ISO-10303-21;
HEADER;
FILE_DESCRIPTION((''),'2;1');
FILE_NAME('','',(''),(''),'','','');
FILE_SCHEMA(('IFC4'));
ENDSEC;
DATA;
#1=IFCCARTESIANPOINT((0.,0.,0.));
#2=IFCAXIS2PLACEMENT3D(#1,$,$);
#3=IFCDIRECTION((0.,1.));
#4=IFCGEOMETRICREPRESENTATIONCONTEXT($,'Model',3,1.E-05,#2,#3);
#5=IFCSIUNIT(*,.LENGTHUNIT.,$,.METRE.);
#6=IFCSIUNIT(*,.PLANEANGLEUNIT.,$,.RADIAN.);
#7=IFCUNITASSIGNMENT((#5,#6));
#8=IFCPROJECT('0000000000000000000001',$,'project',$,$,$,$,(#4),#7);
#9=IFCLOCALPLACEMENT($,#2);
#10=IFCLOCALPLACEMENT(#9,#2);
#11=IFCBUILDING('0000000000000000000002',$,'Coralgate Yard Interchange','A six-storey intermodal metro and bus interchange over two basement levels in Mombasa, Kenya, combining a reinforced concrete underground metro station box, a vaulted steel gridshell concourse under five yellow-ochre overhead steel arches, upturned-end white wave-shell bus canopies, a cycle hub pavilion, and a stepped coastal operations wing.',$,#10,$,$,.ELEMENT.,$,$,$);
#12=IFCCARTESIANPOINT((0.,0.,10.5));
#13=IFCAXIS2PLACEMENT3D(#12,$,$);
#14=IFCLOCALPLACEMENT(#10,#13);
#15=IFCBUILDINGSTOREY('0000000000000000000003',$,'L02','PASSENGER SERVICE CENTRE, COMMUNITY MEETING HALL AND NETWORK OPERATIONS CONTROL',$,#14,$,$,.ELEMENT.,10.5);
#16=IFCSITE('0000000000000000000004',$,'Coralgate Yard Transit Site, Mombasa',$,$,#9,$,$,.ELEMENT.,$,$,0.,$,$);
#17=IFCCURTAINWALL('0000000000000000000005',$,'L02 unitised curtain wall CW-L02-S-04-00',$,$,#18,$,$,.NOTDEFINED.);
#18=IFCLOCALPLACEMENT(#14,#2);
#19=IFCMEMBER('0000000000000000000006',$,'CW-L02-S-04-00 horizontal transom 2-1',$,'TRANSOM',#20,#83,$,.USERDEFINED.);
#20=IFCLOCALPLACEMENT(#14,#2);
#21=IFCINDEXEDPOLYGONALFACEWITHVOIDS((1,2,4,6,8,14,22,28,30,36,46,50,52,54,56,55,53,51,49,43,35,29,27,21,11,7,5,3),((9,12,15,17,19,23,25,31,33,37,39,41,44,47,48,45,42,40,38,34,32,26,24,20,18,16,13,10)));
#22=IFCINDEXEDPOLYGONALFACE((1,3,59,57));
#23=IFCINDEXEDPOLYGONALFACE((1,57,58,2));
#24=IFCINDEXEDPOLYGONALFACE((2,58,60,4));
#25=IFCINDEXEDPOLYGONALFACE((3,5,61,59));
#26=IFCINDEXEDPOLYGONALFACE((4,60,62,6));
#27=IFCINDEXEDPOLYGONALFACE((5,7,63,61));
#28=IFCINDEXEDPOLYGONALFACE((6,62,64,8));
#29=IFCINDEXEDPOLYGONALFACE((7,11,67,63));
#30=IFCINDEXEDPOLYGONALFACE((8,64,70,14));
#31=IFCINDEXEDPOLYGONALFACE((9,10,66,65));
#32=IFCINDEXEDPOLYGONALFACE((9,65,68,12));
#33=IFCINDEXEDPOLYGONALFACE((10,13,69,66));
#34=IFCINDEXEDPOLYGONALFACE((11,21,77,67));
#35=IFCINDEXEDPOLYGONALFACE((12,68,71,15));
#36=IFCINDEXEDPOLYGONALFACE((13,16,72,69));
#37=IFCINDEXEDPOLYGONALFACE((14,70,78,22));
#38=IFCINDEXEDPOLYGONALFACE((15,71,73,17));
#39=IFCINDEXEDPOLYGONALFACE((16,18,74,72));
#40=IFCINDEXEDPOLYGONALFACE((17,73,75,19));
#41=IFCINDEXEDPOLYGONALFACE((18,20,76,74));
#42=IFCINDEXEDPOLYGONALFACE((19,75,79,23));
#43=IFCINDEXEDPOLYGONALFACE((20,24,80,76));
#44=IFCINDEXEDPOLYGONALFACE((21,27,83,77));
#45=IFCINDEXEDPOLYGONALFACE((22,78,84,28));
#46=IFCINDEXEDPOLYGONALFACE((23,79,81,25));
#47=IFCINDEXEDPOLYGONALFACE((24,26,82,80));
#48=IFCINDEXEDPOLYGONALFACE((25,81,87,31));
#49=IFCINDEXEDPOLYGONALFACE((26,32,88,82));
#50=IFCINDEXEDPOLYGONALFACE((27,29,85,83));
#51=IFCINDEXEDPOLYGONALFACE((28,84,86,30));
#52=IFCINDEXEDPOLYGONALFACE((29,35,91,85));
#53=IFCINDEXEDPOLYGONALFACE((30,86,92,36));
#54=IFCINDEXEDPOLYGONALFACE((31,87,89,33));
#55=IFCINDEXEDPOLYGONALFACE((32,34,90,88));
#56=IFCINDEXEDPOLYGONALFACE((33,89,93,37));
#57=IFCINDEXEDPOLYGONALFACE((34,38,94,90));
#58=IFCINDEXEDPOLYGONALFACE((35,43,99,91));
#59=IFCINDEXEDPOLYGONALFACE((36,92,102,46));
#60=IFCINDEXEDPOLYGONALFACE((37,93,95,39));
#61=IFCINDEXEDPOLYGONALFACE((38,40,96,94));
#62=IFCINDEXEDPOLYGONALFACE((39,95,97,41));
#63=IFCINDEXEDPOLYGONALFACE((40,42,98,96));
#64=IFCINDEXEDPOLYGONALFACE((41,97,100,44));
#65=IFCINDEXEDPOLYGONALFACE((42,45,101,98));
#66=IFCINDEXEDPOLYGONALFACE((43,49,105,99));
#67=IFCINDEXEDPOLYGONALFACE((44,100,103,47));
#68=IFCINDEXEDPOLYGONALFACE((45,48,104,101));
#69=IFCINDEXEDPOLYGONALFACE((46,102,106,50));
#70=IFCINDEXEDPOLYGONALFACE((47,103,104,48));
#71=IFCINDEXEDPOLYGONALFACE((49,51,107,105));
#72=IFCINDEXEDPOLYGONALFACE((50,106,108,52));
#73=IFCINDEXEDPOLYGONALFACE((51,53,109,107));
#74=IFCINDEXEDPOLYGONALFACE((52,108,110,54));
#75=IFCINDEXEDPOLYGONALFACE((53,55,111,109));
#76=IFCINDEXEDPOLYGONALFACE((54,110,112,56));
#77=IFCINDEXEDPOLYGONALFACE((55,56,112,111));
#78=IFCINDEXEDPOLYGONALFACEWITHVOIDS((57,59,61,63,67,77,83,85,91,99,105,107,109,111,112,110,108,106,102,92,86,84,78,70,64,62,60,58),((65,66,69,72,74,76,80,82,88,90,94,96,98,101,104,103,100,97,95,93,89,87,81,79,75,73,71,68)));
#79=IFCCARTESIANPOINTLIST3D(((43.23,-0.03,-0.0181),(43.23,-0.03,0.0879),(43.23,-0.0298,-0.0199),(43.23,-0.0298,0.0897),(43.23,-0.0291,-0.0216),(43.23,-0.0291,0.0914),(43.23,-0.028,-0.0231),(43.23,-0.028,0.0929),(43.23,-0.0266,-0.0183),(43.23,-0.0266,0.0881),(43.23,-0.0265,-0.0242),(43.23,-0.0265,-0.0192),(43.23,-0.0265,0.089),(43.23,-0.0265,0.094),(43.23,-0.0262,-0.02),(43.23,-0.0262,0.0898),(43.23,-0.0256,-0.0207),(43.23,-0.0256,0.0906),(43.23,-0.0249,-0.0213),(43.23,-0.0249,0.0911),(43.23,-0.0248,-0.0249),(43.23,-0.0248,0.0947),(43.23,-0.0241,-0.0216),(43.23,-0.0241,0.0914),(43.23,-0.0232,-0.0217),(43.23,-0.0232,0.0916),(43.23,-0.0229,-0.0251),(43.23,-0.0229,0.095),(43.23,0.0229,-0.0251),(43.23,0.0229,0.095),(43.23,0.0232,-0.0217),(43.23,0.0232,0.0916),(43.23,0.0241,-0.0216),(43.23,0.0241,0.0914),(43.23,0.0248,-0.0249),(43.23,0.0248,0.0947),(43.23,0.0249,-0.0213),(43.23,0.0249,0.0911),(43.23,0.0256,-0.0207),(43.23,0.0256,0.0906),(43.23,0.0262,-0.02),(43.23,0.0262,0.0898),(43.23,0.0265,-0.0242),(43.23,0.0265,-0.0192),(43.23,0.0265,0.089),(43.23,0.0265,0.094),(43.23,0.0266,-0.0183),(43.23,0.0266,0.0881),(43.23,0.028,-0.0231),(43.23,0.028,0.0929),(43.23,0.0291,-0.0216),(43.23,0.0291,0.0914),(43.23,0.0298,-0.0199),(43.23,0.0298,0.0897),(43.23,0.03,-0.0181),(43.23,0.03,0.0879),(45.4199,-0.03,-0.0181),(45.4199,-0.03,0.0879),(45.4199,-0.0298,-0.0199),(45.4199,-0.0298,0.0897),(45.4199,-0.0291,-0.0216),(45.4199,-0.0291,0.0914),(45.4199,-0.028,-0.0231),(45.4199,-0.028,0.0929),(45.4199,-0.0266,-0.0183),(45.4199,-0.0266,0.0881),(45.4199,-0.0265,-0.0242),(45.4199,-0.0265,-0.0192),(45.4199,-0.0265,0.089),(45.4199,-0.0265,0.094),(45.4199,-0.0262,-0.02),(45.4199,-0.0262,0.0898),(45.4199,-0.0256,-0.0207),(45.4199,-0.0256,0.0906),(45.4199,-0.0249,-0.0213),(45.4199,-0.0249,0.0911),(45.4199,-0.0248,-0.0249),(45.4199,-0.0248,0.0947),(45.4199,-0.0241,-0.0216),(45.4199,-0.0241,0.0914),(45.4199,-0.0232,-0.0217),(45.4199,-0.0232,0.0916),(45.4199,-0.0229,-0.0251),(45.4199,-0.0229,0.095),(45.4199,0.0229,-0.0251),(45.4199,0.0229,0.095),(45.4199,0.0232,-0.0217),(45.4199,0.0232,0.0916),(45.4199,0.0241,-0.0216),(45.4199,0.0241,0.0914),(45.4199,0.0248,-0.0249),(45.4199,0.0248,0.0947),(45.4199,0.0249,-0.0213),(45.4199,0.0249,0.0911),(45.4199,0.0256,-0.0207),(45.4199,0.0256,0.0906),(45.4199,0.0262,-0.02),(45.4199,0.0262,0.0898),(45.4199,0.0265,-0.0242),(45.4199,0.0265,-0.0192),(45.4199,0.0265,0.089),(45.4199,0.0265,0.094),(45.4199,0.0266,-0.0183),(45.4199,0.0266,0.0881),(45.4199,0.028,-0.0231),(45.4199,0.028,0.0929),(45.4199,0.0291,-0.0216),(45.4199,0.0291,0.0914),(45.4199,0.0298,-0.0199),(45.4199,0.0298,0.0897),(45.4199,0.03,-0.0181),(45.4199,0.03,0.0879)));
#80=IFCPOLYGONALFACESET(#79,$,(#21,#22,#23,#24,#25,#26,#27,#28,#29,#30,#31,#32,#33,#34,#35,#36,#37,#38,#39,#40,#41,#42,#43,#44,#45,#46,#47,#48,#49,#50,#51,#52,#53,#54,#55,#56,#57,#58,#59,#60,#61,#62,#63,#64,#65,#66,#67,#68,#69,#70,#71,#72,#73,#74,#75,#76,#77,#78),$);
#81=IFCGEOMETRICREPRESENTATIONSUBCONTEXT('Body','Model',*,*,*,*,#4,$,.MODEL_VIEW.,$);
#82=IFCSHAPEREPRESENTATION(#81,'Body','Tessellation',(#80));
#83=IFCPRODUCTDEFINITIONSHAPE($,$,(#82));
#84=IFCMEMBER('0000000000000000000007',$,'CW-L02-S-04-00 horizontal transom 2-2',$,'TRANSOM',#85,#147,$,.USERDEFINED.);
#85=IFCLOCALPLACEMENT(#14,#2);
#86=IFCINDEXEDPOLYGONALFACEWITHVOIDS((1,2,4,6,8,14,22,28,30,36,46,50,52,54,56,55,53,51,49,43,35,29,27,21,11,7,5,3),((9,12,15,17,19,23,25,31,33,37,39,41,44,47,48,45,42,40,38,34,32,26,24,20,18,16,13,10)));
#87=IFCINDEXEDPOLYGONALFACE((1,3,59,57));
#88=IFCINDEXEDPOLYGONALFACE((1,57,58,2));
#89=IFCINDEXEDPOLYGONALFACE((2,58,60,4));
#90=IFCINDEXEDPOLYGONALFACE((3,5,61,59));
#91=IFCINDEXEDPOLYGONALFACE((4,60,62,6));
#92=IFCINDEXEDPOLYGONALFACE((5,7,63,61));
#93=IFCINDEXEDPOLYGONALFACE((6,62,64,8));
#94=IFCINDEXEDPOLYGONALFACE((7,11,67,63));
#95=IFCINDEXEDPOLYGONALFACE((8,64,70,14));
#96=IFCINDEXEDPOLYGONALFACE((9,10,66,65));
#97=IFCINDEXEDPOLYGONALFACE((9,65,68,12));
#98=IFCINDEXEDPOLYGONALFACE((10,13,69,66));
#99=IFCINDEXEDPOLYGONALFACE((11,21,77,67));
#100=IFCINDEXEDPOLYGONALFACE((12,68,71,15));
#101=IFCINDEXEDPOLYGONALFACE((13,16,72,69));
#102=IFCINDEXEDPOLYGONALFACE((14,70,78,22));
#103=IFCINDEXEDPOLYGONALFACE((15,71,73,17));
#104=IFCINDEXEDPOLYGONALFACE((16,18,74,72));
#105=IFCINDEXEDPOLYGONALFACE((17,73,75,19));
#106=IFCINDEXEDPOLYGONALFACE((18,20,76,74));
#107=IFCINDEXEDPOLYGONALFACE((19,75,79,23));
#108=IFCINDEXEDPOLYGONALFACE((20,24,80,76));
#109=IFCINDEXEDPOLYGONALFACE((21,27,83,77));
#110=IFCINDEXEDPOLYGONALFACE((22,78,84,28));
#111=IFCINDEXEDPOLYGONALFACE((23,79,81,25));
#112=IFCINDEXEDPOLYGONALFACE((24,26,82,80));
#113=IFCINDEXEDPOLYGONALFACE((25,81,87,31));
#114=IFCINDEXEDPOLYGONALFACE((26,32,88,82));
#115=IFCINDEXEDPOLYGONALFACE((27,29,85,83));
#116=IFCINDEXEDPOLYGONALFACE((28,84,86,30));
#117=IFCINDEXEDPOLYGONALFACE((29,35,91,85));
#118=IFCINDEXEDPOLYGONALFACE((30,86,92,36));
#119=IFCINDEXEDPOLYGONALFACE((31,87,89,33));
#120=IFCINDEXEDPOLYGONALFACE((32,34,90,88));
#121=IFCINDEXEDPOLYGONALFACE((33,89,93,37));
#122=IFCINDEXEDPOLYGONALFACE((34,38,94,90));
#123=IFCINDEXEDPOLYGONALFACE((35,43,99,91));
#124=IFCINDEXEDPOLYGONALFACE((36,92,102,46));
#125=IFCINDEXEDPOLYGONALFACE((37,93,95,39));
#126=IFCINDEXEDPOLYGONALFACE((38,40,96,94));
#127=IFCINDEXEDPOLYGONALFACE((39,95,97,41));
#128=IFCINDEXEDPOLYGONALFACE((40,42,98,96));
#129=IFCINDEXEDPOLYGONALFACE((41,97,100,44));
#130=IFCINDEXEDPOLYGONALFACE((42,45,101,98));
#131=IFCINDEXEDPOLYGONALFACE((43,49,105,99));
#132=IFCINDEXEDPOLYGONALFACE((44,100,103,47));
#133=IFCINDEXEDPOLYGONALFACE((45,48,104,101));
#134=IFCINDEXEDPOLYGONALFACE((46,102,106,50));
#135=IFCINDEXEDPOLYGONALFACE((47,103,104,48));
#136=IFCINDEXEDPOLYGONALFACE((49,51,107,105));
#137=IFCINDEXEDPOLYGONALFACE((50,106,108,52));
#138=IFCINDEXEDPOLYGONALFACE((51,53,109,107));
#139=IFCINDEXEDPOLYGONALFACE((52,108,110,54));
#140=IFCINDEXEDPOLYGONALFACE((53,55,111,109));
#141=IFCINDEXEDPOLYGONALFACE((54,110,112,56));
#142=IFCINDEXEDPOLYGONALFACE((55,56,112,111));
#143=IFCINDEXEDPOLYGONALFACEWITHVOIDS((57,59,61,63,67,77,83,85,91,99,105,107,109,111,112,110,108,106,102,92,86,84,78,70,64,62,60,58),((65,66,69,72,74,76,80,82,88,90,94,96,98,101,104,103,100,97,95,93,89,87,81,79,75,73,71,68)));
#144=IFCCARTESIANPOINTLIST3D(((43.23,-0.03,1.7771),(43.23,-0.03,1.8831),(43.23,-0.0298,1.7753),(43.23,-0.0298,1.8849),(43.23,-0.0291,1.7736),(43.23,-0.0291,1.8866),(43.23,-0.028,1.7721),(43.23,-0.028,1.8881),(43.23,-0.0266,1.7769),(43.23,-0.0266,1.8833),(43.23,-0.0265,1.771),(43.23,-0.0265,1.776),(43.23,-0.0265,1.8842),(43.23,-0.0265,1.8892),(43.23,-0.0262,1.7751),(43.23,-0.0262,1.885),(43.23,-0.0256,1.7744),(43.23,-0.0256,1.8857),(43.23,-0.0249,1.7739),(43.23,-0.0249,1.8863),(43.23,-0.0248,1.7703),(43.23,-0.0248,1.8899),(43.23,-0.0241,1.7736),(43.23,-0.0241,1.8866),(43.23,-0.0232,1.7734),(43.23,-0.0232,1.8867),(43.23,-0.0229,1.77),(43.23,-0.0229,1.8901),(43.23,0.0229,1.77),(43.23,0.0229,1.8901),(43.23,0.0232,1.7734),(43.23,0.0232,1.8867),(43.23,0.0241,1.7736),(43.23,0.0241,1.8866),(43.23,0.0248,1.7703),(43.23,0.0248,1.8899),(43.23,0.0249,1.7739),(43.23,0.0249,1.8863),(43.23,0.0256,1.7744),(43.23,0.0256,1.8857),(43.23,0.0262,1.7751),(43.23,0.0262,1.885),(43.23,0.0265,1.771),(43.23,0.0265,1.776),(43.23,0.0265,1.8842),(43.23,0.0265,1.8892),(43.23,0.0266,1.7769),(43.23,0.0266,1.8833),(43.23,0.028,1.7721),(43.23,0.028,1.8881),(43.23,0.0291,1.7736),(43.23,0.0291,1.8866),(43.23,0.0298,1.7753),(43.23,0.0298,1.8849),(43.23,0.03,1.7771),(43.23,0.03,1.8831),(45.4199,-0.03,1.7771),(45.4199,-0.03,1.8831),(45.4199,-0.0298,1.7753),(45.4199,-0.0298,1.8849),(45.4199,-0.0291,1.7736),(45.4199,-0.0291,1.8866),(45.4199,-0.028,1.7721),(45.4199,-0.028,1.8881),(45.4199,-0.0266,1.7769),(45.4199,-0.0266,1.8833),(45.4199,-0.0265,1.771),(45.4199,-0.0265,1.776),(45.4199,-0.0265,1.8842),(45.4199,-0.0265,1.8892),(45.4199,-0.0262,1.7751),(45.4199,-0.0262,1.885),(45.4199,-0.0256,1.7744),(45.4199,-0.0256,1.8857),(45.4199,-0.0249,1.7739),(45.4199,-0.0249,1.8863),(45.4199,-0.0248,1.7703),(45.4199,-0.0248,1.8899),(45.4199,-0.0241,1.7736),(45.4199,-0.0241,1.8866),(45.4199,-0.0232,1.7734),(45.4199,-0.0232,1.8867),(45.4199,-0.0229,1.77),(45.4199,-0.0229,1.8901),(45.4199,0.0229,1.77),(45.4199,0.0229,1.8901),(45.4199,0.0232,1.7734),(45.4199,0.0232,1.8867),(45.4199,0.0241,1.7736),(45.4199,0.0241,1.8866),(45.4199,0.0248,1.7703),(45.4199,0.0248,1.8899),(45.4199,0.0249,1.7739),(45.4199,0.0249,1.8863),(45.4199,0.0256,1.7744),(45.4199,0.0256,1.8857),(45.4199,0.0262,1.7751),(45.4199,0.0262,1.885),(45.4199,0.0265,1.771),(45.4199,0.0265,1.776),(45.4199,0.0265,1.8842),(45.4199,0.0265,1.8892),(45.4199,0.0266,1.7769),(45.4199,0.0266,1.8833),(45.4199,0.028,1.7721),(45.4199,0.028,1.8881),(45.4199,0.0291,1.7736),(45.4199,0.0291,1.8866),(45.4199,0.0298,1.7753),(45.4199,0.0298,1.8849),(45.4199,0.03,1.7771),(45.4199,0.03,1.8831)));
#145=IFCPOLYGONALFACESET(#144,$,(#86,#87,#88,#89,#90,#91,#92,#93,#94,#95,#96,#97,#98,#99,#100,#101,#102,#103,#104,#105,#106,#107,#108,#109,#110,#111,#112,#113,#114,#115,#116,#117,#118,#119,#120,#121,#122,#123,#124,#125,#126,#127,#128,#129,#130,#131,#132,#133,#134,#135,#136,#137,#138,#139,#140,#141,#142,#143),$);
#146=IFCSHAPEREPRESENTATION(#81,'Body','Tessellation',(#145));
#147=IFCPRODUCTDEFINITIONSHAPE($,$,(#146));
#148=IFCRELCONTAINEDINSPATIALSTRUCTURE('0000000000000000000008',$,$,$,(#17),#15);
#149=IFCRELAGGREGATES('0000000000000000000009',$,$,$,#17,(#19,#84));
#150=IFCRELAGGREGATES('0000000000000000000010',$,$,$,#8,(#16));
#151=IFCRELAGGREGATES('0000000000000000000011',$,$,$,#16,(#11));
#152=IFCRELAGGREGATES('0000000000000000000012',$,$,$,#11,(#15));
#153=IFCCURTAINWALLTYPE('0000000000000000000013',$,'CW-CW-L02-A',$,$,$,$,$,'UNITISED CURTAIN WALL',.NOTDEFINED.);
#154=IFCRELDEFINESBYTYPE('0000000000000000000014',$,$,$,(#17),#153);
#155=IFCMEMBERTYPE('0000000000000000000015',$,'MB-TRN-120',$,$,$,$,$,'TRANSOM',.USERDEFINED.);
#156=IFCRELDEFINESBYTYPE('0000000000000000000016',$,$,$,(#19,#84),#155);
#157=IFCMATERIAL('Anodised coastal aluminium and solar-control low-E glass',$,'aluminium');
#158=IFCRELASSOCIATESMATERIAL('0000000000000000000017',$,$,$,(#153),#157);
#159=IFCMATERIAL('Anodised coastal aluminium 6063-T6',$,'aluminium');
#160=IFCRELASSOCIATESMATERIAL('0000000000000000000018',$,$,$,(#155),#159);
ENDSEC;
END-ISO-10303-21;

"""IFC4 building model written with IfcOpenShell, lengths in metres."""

from ifc_helpers import new_model, si_unit, direction, frame, origin, origin_2d, place, context, subcontext, project, spatial, hollow_rectangle, extrude, material, material_profile, profile_set, type_object, element, aggregate, save


model = new_model("IFC4")

# Units and contexts
model_context = context("Model", 3, precision=1e-05, world=origin(), true_north=direction((0.0, 1.0)))
body_context = subcontext(model_context, "Body", "Model", "MODEL_VIEW")
ifc_project = project(units=[si_unit("LENGTHUNIT", "METRE"), si_unit("PLANEANGLEUNIT", "RADIAN")], contexts=[model_context])

# Site, building, storey
site_placement = place(None, origin())
site = spatial("IfcSite", under=ifc_project, at=site_placement, Name="Coralgate Yard Transit Site, Mombasa", CompositionType="ELEMENT", RefElevation=0.0)
building_placement = place(site_placement, origin())
building = spatial("IfcBuilding", under=site, at=building_placement, Name="Coralgate Yard Interchange", Description="A six-storey intermodal metro and bus interchange over two basement levels in Mombasa, Kenya, combining a reinforced concrete underground metro station box, a vaulted steel gridshell concourse under five yellow-ochre overhead steel arches, upturned-end white wave-shell bus canopies, a cycle hub pavilion, and a stepped coastal operations wing.", CompositionType="ELEMENT")
storey_placement = place(building_placement, frame((0.0, 0.0, 10.5)))
storey = spatial("IfcBuildingStorey", under=building, at=storey_placement, Name="L02", Description="PASSENGER SERVICE CENTRE, COMMUNITY MEETING HALL AND NETWORK OPERATIONS CONTROL", CompositionType="ELEMENT", Elevation=10.5)

# Shared definitions
ifc_material_1 = material(Name="Anodised coastal aluminium and solar-control low-E glass", Category="aluminium")
curtain_wall_type = type_object("IfcCurtainWallType", Name="CW-CW-L02-A", ElementType="UNITISED CURTAIN WALL", PredefinedType="NOTDEFINED", material=ifc_material_1)
ifc_material_2 = material(Name="Anodised coastal aluminium 6063-T6", Category="aluminium")

# Curtain wall
curtain_wall_1_placement = place(storey_placement, origin())
curtain_wall_1 = element("IfcCurtainWall", 1, at=curtain_wall_1_placement, inside=storey, type_object=curtain_wall_type, Name="L02 unitised curtain wall CW-L02-S-04-00", PredefinedType="NOTDEFINED")

# Members
ifc_material_profile_1 = material_profile(ifc_material_2, hollow_rectangle(XDim=0.0601, YDim=0.1201, WallThickness=0.0034, InnerFilletRadius=0.0034, OuterFilletRadius=0.0071, at=origin_2d()), Name="ALU 60x120x3.5")
ifc_profile_set_1 = profile_set([ifc_material_profile_1], Name="Anodised coastal aluminium 6063-T6")
member_type_1 = type_object("IfcMemberType", Name="MB-TRN-120", ElementType="TRANSOM", PredefinedType="USERDEFINED", material=ifc_profile_set_1)
member_1_placement = place(storey_placement, frame((45.4199, 0.0, 0.0349), z_axis=(-1.0, 0.0, 0.0), x_axis=(0.0, -1.0, 0.0)))
member_1 = element("IfcMember", 2, at=member_1_placement, type_object=member_type_1, Name="CW-L02-S-04-00 horizontal transom 2-1", ObjectType="TRANSOM", PredefinedType="USERDEFINED", context=body_context, shape_type="SweptSolid", body=[
    extrude(hollow_rectangle(XDim=0.0601, YDim=0.1201, WallThickness=0.0034, InnerFilletRadius=0.0034, OuterFilletRadius=0.0071, at=origin_2d()), origin(), (0.0, 0.0, 1.0), 2.1899),
])
member_2_placement = place(storey_placement, frame((45.4199, 0.0, 1.8301), z_axis=(-1.0, 0.0, 0.0), x_axis=(0.0, -1.0, 0.0)))
member_2 = element("IfcMember", 3, at=member_2_placement, type_object=member_type_1, Name="CW-L02-S-04-00 horizontal transom 2-2", ObjectType="TRANSOM", PredefinedType="USERDEFINED", context=body_context, shape_type="SweptSolid", body=[
    extrude(hollow_rectangle(XDim=0.0601, YDim=0.1201, WallThickness=0.0034, InnerFilletRadius=0.0034, OuterFilletRadius=0.0071, at=origin_2d()), origin(), (0.0, 0.0, 1.0), 2.1899),
])

aggregate(curtain_wall_1, [member_1, member_2])

save(model, "model.ifc")
